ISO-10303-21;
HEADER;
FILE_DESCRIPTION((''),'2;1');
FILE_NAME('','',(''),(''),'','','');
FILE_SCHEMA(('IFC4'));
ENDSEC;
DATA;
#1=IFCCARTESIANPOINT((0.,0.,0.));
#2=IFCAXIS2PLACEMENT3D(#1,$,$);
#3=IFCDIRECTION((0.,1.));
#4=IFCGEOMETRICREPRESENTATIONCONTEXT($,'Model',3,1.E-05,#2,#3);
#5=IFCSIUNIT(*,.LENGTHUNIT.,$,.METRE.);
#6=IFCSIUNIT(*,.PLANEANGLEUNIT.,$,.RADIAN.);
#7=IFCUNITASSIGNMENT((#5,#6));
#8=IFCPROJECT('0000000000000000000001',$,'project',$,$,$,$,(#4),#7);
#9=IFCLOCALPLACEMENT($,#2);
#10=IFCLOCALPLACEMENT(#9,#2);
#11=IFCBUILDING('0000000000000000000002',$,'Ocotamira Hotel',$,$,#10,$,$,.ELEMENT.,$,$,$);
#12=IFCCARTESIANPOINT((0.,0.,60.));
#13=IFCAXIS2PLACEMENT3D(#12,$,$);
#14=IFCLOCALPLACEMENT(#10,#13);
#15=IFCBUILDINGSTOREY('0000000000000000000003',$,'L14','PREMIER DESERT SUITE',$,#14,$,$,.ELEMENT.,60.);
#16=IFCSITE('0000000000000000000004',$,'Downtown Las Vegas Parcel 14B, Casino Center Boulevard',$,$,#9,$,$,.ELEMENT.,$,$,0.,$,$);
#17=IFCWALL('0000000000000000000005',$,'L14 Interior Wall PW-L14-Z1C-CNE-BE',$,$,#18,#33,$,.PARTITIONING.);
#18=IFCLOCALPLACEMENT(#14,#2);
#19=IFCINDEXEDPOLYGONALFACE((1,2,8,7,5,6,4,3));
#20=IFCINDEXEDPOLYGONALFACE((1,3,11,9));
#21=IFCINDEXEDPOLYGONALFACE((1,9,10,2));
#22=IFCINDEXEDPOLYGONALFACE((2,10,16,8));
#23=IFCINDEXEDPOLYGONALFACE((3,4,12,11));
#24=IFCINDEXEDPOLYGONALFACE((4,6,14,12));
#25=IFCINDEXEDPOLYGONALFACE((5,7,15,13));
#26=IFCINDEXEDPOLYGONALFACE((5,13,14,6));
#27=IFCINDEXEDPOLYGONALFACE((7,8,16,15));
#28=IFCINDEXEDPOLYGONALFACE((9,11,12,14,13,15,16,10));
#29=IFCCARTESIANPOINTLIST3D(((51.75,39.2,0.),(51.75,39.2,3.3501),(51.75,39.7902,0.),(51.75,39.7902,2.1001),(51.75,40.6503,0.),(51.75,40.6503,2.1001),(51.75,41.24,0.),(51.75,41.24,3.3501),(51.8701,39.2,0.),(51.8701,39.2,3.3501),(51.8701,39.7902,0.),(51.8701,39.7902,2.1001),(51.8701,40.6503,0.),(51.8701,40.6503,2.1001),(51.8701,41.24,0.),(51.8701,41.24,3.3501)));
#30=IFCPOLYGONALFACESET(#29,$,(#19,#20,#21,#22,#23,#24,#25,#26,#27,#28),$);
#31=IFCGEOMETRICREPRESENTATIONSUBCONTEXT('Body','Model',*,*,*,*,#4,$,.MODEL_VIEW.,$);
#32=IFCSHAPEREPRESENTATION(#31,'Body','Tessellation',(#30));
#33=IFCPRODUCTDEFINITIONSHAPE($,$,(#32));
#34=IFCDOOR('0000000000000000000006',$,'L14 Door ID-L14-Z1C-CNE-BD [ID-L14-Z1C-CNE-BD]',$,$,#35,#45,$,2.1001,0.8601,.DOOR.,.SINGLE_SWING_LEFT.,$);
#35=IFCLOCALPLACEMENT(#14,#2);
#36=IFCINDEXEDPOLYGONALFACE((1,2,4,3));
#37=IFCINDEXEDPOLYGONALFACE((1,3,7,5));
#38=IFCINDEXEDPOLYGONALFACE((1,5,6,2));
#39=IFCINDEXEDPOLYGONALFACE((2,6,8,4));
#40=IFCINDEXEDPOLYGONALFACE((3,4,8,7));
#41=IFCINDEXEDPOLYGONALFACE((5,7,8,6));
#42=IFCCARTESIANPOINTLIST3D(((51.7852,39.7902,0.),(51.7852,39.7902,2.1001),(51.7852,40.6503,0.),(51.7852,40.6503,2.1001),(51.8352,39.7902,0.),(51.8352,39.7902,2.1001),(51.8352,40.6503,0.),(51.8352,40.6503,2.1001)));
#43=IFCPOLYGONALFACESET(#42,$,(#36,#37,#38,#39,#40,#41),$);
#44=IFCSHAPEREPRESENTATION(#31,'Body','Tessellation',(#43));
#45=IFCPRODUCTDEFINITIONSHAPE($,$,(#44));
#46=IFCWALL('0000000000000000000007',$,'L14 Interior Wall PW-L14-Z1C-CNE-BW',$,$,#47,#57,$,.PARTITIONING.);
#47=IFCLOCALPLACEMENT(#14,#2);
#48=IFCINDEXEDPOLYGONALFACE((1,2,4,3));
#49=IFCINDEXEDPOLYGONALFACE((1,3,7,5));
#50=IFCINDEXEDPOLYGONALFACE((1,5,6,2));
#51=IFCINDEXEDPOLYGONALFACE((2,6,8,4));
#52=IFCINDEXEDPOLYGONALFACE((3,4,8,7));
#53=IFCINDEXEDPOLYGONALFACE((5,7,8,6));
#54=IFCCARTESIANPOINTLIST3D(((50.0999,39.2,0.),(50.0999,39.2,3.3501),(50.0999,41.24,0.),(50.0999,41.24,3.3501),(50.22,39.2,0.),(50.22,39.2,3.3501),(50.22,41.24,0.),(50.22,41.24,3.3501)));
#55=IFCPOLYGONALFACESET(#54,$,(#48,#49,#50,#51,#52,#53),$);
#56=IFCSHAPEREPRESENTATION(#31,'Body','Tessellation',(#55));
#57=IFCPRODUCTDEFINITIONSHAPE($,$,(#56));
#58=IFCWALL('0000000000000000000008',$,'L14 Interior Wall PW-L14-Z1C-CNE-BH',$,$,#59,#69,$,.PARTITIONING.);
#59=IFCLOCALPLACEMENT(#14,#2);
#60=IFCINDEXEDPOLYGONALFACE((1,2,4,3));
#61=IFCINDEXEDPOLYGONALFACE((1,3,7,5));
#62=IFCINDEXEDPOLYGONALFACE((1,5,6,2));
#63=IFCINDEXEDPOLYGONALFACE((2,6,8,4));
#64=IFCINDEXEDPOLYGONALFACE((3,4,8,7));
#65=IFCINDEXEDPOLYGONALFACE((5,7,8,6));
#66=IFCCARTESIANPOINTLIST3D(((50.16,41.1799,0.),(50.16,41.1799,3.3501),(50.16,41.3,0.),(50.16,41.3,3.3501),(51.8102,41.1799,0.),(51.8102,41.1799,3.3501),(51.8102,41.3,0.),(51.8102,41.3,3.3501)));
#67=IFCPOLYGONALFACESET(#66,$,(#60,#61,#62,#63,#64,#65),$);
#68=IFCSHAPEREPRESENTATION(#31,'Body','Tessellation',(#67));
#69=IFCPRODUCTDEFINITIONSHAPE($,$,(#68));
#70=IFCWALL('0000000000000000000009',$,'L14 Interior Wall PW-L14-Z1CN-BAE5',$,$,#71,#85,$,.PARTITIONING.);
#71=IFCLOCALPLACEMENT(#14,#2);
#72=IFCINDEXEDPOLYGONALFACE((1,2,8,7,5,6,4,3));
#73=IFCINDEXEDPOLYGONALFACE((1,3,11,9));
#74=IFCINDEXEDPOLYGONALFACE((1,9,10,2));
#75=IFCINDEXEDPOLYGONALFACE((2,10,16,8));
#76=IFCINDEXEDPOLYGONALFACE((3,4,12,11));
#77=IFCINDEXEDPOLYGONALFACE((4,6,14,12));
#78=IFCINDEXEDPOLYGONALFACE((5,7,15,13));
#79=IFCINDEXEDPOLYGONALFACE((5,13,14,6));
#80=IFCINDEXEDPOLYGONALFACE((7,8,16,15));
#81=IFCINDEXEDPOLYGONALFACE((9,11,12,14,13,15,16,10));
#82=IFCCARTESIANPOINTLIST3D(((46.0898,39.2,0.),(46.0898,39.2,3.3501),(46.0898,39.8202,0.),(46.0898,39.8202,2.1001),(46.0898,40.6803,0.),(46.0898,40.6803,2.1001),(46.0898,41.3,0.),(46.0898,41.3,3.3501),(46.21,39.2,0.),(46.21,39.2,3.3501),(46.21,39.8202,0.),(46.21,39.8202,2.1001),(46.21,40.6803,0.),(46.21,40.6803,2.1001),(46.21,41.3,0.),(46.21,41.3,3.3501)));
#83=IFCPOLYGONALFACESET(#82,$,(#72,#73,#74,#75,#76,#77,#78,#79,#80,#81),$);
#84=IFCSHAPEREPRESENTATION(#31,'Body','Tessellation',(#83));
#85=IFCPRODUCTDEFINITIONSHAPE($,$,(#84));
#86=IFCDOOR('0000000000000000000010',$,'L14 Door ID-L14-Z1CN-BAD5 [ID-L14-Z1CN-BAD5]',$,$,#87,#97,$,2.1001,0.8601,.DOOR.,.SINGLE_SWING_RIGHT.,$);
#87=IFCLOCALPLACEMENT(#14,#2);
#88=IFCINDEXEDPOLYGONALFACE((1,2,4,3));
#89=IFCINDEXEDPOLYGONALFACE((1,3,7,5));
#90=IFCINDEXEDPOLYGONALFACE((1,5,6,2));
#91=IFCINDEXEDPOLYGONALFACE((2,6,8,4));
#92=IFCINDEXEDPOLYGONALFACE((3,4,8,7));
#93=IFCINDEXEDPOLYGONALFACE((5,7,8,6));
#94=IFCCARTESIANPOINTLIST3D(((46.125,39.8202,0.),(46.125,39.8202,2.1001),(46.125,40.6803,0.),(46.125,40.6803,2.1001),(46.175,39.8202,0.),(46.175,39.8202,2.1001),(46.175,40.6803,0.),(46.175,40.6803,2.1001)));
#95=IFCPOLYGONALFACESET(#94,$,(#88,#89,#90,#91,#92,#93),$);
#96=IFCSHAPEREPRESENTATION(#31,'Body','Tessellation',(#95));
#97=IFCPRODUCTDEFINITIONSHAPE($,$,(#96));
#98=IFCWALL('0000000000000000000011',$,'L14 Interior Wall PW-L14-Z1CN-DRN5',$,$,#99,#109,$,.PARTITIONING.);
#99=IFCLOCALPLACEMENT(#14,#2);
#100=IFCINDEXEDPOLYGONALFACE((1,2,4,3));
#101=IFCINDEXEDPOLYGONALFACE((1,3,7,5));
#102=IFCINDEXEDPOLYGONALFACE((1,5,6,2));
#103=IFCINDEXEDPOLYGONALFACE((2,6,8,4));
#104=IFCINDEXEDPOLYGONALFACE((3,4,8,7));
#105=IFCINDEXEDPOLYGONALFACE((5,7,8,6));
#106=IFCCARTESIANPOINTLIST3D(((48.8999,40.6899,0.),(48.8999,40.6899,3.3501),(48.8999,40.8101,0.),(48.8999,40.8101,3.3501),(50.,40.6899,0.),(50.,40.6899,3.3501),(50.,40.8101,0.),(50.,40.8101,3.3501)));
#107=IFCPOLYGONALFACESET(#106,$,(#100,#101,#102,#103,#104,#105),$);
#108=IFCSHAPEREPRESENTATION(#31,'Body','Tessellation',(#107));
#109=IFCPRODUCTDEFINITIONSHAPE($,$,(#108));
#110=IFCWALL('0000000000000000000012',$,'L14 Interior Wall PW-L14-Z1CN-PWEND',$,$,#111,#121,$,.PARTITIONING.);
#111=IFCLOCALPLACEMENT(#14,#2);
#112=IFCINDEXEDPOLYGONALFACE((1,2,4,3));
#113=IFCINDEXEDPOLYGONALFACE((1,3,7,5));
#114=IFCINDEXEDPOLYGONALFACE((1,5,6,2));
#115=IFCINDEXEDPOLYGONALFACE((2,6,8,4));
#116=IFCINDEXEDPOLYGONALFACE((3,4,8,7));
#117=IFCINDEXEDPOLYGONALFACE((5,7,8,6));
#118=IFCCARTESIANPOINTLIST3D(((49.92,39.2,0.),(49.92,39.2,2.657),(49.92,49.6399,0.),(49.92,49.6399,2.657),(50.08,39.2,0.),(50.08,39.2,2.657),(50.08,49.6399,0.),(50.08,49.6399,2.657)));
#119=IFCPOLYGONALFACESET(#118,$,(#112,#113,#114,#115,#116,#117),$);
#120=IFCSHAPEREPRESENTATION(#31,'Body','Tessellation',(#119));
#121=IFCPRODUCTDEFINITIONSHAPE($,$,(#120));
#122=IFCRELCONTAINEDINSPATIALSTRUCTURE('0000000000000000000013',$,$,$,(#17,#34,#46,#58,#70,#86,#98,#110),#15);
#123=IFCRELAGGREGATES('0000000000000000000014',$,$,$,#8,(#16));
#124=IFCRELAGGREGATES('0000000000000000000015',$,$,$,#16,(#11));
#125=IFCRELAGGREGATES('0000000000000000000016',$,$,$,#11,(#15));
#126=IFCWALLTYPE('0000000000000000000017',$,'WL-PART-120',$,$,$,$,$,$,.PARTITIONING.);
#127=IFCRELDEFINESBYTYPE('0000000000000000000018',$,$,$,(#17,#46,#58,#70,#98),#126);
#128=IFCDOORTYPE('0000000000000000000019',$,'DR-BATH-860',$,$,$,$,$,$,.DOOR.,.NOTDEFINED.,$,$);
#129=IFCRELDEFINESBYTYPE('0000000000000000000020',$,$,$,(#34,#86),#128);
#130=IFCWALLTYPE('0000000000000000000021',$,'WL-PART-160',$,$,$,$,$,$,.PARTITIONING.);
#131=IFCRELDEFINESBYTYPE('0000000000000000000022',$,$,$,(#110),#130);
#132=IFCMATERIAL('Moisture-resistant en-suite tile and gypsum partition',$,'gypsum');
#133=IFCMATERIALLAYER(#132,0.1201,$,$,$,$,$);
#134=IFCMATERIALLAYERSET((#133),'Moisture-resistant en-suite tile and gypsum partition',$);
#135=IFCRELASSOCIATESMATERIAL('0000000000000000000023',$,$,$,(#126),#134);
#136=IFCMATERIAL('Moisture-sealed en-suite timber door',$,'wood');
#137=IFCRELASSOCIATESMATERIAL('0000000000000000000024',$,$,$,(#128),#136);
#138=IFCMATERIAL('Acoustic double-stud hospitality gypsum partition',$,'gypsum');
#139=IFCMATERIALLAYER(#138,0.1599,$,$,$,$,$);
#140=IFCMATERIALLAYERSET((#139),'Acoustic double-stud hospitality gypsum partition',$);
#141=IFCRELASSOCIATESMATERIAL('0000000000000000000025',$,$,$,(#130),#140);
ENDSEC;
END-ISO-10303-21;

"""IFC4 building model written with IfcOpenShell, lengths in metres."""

from ifc_helpers import new_model, si_unit, direction, frame, frame_2d, origin, place, context, subcontext, project, spatial, rectangle, extrude, source, transform, mapped, material, layer, layer_set, type_object, element, fill, save


model = new_model("IFC4")

# Units and contexts
model_context = context("Model", 3, precision=1e-05, world=origin(), true_north=direction((0.0, 1.0)))
body_context = subcontext(model_context, "Body", "Model", "MODEL_VIEW")
ifc_project = project(units=[si_unit("LENGTHUNIT", "METRE"), si_unit("PLANEANGLEUNIT", "RADIAN")], contexts=[model_context])

# Site, building, storey
site_placement = place(None, origin())
site = spatial("IfcSite", under=ifc_project, at=site_placement, Name="Downtown Las Vegas Parcel 14B, Casino Center Boulevard", CompositionType="ELEMENT", RefElevation=0.0)
building_placement = place(site_placement, origin())
building = spatial("IfcBuilding", under=site, at=building_placement, Name="Ocotamira Hotel", CompositionType="ELEMENT")
storey_placement = place(building_placement, frame((0.0, 0.0, 60.0)))
storey = spatial("IfcBuildingStorey", under=building, at=storey_placement, Name="L14", Description="PREMIER DESERT SUITE", CompositionType="ELEMENT", Elevation=60.0)

# Wall, opening, door
ifc_material_1 = material(Name="Moisture-resistant en-suite tile and gypsum partition", Category="gypsum")
ifc_layer_1 = layer(ifc_material_1, 0.1201)
ifc_layer_set_1 = layer_set([ifc_layer_1], Name="Moisture-resistant en-suite tile and gypsum partition")
wall_type_1 = type_object("IfcWallType", Name="WL-PART-120", PredefinedType="PARTITIONING", material=ifc_layer_set_1)
wall_1_placement = place(storey_placement, frame((51.8101, 39.2, 0.0), z_axis=(0.0, 0.0, 1.0), x_axis=(0.0, 1.0, 0.0)))
wall_1 = element("IfcWall", 1, at=wall_1_placement, inside=storey, type_object=wall_type_1, Name="L14 Interior Wall PW-L14-Z1C-CNE-BE", PredefinedType="PARTITIONING", context=body_context, shape_type="SweptSolid", body=[
    extrude(rectangle(XDim=2.04, YDim=0.1201, at=frame_2d((1.02, 0.0))), origin(), (0.0, 0.0, 1.0), 3.3501),
])
opening_1_placement = place(wall_1_placement, frame((0.5901, 0.0, 0.0)))
opening_1 = element("IfcOpeningElement", 2, at=opening_1_placement, cuts=wall_1, PredefinedType="OPENING", context=body_context, shape_type="SweptSolid", body=[
    extrude(rectangle(XDim=0.8601, YDim=2.1001, at=frame_2d((0.4302, 1.05))), frame((0.0, 0.0701, 0.0), z_axis=(0.0, -1.0, 0.0), x_axis=(1.0, 0.0, 0.0)), (0.0, 0.0, 1.0), 0.1401),
])
ifc_material_2 = material(Name="Moisture-sealed en-suite timber door", Category="wood")
door_type_1 = type_object("IfcDoorType", Name="DR-BATH-860", OperationType="NOTDEFINED", PredefinedType="DOOR", material=ifc_material_2)
shared_shape_1 = source(origin(), body_context, "Body", "SweptSolid", [
    extrude(rectangle(XDim=0.8601, YDim=2.1001, at=frame_2d((0.4302, 1.05))), frame((0.0, 0.0249, 0.0), z_axis=(0.0, -1.0, 0.0), x_axis=(1.0, 0.0, 0.0)), (0.0, 0.0, 1.0), 0.05),
])
door_1_placement = place(opening_1_placement, origin())
door_1 = element("IfcDoor", 3, at=door_1_placement, inside=storey, type_object=door_type_1, Name="L14 Door ID-L14-Z1C-CNE-BD [ID-L14-Z1C-CNE-BD]", OperationType="SINGLE_SWING_LEFT", OverallHeight=2.1001, OverallWidth=0.8601, PredefinedType="DOOR", context=body_context, shape_type="MappedRepresentation", body=[
    mapped(shared_shape_1, transform((0.0, 0.0, 0.0), scale=1.0)),
])
fill(opening_1, door_1)

# Walls
wall_2_placement = place(storey_placement, frame((50.1599, 39.2, 0.0), z_axis=(0.0, 0.0, 1.0), x_axis=(0.0, 1.0, 0.0)))
element("IfcWall", 4, at=wall_2_placement, inside=storey, type_object=wall_type_1, Name="L14 Interior Wall PW-L14-Z1C-CNE-BW", PredefinedType="PARTITIONING", context=body_context, shape_type="SweptSolid", body=[
    extrude(rectangle(XDim=2.04, YDim=0.1201, at=frame_2d((1.02, 0.0))), origin(), (0.0, 0.0, 1.0), 3.3501),
])
wall_3_placement = place(storey_placement, frame((50.1599, 41.24, 0.0), z_axis=(0.0, 0.0, 1.0), x_axis=(1.0, 0.0, 0.0)))
element("IfcWall", 5, at=wall_3_placement, inside=storey, type_object=wall_type_1, Name="L14 Interior Wall PW-L14-Z1C-CNE-BH", PredefinedType="PARTITIONING", context=body_context, shape_type="SweptSolid", body=[
    extrude(rectangle(XDim=1.6501, YDim=0.1201, at=frame_2d((0.8252, 0.0))), origin(), (0.0, 0.0, 1.0), 3.3501),
])

# Wall, opening, door
wall_4_placement = place(storey_placement, frame((46.1499, 39.2, 0.0), z_axis=(0.0, 0.0, 1.0), x_axis=(0.0, 1.0, 0.0)))
wall_4 = element("IfcWall", 6, at=wall_4_placement, inside=storey, type_object=wall_type_1, Name="L14 Interior Wall PW-L14-Z1CN-BAE5", PredefinedType="PARTITIONING", context=body_context, shape_type="SweptSolid", body=[
    extrude(rectangle(XDim=2.1001, YDim=0.1201, at=frame_2d((1.05, 0.0))), origin(), (0.0, 0.0, 1.0), 3.3501),
])
opening_2_placement = place(wall_4_placement, frame((0.6201, 0.0, 0.0)))
opening_2 = element("IfcOpeningElement", 7, at=opening_2_placement, cuts=wall_4, PredefinedType="OPENING", context=body_context, shape_type="SweptSolid", body=[
    extrude(rectangle(XDim=0.8601, YDim=2.1001, at=frame_2d((0.4302, 1.05))), frame((0.0, 0.0701, 0.0), z_axis=(0.0, -1.0, 0.0), x_axis=(1.0, 0.0, 0.0)), (0.0, 0.0, 1.0), 0.1401),
])
door_2_placement = place(opening_2_placement, origin())
door_2 = element("IfcDoor", 8, at=door_2_placement, inside=storey, type_object=door_type_1, Name="L14 Door ID-L14-Z1CN-BAD5 [ID-L14-Z1CN-BAD5]", OperationType="SINGLE_SWING_RIGHT", OverallHeight=2.1001, OverallWidth=0.8601, PredefinedType="DOOR", context=body_context, shape_type="MappedRepresentation", body=[
    mapped(shared_shape_1, transform((0.0, 0.0, 0.0), scale=1.0)),
])
fill(opening_2, door_2)

# Walls
wall_5_placement = place(storey_placement, frame((48.8999, 40.75, 0.0), z_axis=(0.0, 0.0, 1.0), x_axis=(1.0, 0.0, 0.0)))
element("IfcWall", 9, at=wall_5_placement, inside=storey, type_object=wall_type_1, Name="L14 Interior Wall PW-L14-Z1CN-DRN5", PredefinedType="PARTITIONING", context=body_context, shape_type="SweptSolid", body=[
    extrude(rectangle(XDim=1.1001, YDim=0.1201, at=frame_2d((0.55, 0.0))), origin(), (0.0, 0.0, 1.0), 3.3501),
])
ifc_material_3 = material(Name="Acoustic double-stud hospitality gypsum partition", Category="gypsum")
ifc_layer_2 = layer(ifc_material_3, 0.1599)
ifc_layer_set_2 = layer_set([ifc_layer_2], Name="Acoustic double-stud hospitality gypsum partition")
wall_type_2 = type_object("IfcWallType", Name="WL-PART-160", PredefinedType="PARTITIONING", material=ifc_layer_set_2)
wall_6_placement = place(storey_placement, frame((50.0, 39.2, 0.0), z_axis=(0.0, 0.0, 1.0), x_axis=(0.0, 1.0, 0.0)))
element("IfcWall", 10, at=wall_6_placement, inside=storey, type_object=wall_type_2, Name="L14 Interior Wall PW-L14-Z1CN-PWEND", PredefinedType="PARTITIONING", context=body_context, shape_type="SweptSolid", body=[
    extrude(rectangle(XDim=10.4399, YDim=0.1599, at=frame_2d((5.22, 0.0))), origin(), (0.0, 0.0, 1.0), 2.657),
])

save(model, "model.ifc")
